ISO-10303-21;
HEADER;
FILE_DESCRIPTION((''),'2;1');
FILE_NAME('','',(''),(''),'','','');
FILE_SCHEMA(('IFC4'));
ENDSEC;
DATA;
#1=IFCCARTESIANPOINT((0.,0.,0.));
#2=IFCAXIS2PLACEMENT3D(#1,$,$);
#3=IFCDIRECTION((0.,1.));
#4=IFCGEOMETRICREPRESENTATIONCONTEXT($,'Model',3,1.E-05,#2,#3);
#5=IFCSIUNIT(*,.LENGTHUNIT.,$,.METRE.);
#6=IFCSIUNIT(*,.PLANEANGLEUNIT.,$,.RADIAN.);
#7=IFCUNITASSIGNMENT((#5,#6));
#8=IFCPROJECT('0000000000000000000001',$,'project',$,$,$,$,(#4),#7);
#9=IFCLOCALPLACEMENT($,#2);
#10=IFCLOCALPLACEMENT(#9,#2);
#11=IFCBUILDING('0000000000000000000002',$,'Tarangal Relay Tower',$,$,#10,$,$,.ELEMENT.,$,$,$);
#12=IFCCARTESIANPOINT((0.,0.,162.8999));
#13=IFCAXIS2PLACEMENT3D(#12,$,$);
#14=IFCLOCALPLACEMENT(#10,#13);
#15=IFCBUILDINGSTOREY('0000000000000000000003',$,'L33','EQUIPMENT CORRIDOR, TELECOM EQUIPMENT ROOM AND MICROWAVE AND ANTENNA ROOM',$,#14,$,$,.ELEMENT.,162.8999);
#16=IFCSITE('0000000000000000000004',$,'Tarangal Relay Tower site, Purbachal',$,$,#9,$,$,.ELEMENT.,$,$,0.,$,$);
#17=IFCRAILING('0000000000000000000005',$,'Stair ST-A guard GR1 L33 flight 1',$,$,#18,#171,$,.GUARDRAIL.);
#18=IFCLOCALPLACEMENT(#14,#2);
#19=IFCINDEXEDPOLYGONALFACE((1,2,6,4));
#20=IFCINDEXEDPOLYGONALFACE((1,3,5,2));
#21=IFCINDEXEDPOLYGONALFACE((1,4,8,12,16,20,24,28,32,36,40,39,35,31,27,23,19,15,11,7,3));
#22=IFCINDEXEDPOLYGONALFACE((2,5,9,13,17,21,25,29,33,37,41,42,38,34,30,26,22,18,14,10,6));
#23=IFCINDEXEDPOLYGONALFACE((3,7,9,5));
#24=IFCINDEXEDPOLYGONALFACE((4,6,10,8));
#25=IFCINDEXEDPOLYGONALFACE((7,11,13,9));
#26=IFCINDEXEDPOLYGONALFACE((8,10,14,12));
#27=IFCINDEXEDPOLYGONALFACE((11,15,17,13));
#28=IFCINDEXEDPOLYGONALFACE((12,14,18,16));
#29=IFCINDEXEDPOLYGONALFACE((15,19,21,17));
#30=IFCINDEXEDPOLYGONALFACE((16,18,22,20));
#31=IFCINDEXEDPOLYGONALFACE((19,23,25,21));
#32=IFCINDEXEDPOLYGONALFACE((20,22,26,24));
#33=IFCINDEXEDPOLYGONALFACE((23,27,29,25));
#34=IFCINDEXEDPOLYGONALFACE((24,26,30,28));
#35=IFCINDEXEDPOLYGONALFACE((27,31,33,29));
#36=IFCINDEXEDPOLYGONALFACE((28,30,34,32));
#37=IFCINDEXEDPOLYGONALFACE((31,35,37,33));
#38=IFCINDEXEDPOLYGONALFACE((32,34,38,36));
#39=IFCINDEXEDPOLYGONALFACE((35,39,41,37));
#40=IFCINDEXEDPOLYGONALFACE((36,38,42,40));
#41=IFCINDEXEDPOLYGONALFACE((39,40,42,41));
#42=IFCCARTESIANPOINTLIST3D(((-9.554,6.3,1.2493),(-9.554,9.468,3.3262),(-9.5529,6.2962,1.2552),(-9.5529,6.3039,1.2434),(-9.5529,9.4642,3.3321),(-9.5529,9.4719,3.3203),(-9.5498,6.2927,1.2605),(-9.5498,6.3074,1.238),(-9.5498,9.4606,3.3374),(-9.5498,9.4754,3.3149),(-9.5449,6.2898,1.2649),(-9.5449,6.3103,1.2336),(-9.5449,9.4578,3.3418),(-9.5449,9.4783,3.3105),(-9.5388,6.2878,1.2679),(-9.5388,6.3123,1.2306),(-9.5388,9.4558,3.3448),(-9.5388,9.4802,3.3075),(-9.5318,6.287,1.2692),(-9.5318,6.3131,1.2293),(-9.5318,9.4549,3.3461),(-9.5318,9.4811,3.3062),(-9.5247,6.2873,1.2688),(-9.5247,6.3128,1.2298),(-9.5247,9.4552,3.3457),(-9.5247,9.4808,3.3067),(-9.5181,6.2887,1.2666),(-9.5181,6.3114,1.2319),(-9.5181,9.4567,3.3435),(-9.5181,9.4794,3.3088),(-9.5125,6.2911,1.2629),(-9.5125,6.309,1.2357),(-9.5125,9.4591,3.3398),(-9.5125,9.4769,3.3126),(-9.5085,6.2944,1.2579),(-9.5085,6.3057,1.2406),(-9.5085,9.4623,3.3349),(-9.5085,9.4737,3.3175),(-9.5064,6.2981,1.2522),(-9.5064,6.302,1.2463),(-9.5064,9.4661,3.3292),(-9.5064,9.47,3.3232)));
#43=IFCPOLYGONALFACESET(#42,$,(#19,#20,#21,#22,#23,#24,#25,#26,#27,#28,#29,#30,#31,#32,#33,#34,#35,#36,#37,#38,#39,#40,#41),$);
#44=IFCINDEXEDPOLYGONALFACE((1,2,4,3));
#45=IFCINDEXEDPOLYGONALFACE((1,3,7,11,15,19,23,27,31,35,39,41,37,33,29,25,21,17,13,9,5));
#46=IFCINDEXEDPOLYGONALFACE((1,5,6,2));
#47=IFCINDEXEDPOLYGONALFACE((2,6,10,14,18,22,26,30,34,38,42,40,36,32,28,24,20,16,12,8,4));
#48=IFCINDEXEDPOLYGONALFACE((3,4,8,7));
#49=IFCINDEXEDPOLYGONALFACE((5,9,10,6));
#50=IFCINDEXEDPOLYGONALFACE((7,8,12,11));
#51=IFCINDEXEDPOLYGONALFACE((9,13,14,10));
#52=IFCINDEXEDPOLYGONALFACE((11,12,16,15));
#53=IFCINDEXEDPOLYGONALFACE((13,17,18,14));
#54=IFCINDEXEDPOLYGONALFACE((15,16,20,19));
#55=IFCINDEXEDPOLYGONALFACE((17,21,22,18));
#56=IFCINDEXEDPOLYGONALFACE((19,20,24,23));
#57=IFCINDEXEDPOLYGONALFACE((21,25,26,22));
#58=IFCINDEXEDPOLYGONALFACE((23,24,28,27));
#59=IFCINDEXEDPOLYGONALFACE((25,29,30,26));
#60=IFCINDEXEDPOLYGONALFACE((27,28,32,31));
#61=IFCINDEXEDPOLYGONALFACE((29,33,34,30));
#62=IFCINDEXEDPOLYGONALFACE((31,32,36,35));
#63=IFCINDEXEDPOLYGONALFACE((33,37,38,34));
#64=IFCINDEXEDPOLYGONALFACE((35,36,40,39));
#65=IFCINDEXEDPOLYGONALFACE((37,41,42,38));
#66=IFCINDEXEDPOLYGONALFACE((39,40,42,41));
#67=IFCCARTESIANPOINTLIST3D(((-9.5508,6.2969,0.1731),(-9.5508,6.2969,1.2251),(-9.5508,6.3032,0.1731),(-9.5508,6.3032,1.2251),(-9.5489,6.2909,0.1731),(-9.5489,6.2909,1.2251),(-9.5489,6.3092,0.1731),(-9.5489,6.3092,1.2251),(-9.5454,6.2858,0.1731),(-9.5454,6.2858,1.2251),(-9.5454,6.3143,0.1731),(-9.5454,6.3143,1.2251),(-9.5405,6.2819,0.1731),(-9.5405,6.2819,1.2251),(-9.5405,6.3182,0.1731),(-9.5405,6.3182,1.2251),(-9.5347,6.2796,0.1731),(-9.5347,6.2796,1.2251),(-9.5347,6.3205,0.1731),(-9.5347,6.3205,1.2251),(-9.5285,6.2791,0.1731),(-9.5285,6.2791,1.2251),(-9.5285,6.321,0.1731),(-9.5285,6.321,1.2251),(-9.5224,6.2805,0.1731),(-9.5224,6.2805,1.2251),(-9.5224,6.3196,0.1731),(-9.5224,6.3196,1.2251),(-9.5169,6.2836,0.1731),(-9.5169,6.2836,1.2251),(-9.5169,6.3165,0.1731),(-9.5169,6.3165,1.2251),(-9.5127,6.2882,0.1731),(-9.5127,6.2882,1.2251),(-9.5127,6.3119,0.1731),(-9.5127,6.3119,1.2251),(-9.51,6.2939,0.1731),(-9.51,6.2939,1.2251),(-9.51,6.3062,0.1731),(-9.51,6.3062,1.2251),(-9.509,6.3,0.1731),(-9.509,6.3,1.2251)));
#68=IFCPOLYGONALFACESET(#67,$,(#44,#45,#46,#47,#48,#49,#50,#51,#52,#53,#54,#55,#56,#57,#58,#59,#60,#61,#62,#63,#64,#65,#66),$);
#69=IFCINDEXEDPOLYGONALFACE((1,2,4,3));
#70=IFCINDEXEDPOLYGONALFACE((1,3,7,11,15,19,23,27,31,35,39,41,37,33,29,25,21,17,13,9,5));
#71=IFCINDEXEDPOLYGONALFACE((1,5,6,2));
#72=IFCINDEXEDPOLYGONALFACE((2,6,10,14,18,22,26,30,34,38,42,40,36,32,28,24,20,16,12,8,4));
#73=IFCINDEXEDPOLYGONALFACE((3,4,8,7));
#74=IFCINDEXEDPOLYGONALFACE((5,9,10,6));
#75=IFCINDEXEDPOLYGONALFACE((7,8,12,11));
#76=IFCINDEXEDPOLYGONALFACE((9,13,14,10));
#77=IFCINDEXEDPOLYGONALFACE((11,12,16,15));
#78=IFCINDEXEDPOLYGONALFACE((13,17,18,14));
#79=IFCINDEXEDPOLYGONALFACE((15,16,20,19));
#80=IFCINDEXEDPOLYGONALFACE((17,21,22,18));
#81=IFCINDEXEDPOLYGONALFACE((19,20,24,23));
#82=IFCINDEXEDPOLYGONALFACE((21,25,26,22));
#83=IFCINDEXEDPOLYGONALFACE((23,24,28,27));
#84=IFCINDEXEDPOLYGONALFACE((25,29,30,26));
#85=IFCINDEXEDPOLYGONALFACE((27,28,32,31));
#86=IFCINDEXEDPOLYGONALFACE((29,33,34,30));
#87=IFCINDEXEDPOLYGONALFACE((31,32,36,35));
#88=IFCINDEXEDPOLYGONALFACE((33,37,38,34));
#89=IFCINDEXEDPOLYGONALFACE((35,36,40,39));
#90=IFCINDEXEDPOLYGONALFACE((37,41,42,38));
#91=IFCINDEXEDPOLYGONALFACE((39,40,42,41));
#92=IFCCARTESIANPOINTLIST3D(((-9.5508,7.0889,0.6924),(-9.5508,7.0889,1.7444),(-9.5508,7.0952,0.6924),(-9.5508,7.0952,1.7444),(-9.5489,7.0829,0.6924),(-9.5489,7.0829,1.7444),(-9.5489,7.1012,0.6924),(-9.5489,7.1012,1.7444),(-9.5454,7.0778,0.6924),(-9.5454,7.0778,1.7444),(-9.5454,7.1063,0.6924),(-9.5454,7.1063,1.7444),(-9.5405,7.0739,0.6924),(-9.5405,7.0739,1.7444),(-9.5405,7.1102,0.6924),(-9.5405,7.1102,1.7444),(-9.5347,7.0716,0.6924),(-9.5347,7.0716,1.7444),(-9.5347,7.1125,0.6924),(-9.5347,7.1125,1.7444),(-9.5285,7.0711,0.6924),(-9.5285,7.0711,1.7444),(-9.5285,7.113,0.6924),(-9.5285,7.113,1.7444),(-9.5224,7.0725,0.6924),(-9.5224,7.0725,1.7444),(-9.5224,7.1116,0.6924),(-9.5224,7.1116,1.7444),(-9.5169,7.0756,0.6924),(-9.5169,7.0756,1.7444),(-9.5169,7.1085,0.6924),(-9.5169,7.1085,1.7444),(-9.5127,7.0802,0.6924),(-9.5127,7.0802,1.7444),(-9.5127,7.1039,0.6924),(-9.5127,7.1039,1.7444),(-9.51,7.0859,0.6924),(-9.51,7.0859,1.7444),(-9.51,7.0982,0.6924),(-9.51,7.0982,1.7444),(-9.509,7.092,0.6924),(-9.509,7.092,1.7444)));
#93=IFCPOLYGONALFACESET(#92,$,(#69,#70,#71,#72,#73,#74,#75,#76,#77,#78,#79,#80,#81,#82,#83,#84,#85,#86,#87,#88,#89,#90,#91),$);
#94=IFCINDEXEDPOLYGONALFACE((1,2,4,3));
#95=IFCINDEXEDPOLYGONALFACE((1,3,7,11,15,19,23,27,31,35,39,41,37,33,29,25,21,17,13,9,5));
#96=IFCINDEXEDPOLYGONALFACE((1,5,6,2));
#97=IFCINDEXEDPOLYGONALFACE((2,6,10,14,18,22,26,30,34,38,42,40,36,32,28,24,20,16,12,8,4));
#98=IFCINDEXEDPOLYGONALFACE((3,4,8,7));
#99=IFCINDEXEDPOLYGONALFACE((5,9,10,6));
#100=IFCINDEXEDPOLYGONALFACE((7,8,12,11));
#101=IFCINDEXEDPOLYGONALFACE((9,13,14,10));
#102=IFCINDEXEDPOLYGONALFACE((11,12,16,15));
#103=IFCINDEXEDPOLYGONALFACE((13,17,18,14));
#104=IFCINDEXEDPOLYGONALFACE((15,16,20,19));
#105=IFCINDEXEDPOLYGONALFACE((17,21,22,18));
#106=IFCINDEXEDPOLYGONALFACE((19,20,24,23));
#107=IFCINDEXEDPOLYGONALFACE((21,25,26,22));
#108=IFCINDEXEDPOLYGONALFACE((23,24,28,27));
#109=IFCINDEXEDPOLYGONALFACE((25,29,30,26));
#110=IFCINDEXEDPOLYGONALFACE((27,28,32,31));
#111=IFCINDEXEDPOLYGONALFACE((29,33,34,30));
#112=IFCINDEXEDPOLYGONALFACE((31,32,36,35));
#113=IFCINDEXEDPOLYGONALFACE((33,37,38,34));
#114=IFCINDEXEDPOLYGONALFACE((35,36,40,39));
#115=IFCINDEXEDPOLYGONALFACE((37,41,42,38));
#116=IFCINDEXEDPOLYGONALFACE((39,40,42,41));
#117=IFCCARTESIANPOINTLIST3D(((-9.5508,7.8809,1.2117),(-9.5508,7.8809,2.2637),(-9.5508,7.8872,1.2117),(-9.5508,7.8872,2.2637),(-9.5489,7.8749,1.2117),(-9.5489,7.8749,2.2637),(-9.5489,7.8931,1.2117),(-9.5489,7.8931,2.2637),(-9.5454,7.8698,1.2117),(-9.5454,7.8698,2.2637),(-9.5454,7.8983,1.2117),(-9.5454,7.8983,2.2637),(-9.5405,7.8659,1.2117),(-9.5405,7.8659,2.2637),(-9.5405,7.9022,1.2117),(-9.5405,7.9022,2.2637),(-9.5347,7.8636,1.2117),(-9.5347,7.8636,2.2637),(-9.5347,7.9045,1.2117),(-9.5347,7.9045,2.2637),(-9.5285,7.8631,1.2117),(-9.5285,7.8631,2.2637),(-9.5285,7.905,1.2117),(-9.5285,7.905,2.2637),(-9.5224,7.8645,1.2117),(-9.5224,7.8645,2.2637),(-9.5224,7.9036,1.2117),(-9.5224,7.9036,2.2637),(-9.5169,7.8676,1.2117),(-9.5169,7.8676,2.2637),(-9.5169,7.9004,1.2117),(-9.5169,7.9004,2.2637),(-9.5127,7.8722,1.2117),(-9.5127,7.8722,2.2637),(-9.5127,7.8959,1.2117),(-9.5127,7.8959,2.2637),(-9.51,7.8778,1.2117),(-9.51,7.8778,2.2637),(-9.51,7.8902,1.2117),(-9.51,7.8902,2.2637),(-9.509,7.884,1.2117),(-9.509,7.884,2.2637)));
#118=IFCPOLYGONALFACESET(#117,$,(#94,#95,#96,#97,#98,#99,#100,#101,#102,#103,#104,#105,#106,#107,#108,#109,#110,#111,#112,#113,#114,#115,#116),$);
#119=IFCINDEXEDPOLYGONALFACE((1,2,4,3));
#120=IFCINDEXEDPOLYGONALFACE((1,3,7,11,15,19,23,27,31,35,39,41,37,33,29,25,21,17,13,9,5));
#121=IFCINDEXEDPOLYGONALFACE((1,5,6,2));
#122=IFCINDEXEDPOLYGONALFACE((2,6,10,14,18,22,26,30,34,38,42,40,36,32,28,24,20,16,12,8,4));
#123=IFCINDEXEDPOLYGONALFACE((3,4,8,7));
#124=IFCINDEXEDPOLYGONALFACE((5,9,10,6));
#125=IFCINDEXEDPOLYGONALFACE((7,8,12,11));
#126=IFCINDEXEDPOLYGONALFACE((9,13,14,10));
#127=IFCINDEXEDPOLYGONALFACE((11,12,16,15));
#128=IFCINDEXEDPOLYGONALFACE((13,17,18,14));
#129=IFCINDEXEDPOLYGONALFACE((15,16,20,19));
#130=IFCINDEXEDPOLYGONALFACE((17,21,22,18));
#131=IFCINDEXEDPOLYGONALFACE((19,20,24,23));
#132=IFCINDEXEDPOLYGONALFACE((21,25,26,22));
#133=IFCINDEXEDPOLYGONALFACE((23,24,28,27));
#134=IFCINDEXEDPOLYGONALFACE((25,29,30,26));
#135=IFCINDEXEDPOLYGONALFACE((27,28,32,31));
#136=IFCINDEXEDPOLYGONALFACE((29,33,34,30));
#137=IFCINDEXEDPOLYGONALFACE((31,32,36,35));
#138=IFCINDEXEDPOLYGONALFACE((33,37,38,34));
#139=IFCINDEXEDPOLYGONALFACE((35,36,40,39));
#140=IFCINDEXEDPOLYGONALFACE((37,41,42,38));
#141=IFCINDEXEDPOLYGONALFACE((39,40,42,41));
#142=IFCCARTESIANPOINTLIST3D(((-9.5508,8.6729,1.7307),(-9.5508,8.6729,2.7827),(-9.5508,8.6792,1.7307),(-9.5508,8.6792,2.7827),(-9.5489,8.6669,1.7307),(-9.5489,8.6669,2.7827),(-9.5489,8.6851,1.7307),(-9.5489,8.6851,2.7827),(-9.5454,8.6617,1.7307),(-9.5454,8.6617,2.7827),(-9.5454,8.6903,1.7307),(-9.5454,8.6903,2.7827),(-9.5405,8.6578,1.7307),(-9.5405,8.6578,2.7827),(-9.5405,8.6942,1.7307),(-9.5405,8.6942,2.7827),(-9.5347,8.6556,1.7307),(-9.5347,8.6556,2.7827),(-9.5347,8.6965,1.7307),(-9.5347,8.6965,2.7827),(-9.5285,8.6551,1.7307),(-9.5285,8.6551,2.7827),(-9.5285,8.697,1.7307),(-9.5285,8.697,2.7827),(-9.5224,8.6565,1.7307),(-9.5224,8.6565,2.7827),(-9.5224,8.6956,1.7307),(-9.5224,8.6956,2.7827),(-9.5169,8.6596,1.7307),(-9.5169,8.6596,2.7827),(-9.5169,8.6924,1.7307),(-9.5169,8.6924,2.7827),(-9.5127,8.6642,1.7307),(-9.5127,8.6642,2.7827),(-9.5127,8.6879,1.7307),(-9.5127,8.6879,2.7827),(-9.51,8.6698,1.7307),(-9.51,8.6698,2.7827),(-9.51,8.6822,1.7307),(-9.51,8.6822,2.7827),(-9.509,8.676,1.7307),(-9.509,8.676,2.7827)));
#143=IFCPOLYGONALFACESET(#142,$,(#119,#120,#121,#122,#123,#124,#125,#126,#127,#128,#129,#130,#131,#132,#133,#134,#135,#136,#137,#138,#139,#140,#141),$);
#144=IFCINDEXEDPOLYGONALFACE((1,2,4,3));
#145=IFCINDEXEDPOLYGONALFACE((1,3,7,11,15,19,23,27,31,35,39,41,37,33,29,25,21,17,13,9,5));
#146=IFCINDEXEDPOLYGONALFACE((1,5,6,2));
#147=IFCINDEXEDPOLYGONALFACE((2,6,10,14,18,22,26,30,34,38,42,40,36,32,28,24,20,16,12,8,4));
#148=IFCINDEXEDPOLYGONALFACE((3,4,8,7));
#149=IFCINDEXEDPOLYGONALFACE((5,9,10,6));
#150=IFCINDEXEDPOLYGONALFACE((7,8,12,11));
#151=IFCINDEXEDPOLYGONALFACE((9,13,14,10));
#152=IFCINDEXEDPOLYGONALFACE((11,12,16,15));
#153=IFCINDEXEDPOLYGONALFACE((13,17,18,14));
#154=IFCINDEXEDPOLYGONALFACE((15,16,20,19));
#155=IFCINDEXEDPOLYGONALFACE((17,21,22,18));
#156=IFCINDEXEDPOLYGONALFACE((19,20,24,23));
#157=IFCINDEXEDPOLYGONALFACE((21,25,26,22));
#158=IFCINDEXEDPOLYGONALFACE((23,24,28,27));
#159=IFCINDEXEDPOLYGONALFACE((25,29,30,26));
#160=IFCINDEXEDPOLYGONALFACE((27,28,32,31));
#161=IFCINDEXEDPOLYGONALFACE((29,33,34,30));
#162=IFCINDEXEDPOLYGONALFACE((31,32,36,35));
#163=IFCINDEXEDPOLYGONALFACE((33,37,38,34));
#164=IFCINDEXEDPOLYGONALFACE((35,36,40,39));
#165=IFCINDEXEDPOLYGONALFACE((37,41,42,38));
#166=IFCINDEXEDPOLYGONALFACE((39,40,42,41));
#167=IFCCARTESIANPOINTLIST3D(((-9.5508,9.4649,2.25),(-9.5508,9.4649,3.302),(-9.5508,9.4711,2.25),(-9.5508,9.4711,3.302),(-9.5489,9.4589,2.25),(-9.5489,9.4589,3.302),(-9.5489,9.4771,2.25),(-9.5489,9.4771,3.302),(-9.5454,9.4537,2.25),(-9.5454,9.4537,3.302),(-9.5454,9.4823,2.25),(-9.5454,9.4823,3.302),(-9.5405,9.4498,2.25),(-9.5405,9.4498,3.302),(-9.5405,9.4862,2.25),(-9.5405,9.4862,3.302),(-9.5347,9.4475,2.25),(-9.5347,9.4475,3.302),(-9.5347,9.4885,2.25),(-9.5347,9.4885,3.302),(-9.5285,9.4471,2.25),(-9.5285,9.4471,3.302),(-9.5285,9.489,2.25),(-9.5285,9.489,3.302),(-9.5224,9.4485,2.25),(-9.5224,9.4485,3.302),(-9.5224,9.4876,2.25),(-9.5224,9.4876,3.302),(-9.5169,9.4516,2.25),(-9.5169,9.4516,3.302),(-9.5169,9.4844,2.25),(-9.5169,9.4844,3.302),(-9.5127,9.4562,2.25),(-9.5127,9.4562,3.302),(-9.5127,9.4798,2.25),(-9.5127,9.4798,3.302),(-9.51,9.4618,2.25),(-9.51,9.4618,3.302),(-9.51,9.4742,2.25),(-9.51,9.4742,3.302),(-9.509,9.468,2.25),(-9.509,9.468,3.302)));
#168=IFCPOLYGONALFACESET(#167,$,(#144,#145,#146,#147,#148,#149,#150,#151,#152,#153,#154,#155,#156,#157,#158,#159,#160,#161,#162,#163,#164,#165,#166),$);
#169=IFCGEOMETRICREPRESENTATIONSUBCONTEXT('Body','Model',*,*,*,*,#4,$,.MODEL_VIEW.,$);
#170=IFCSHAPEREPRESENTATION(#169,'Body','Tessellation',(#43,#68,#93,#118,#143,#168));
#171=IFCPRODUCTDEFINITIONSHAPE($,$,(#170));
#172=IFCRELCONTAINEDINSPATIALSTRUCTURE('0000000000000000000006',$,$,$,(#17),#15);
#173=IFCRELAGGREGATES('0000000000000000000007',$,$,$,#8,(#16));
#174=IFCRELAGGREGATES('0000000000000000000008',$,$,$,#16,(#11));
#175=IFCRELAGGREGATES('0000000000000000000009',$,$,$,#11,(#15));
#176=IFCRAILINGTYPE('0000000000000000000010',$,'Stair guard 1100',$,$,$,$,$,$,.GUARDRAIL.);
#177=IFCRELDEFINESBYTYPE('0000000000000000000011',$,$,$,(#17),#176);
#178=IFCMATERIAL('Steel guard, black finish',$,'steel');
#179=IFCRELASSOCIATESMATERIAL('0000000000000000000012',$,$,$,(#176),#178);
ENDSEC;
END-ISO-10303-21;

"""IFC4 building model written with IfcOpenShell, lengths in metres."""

from ifc_helpers import new_model, si_unit, direction, frame, origin, origin_2d, place, context, subcontext, project, spatial, circle, extrude, material, type_object, element, save


model = new_model("IFC4")

# Units and contexts
model_context = context("Model", 3, precision=1e-05, world=origin(), true_north=direction((0.0, 1.0)))
body_context = subcontext(model_context, "Body", "Model", "MODEL_VIEW")
ifc_project = project(units=[si_unit("LENGTHUNIT", "METRE"), si_unit("PLANEANGLEUNIT", "RADIAN")], contexts=[model_context])

# Site, building, storey
site_placement = place(None, origin())
site = spatial("IfcSite", under=ifc_project, at=site_placement, Name="Tarangal Relay Tower site, Purbachal", CompositionType="ELEMENT", RefElevation=0.0)
building_placement = place(site_placement, origin())
building = spatial("IfcBuilding", under=site, at=building_placement, Name="Tarangal Relay Tower", CompositionType="ELEMENT")
storey_placement = place(building_placement, frame((0.0, 0.0, 162.8999)))
storey = spatial("IfcBuildingStorey", under=building, at=storey_placement, Name="L33", Description="EQUIPMENT CORRIDOR, TELECOM EQUIPMENT ROOM AND MICROWAVE AND ANTENNA ROOM", CompositionType="ELEMENT", Elevation=162.8999)

# Railing
ifc_material_1 = material(Name="Steel guard, black finish", Category="steel")
railing_type = type_object("IfcRailingType", Name="Stair guard 1100", PredefinedType="GUARDRAIL", material=ifc_material_1)
railing_1_placement = place(storey_placement, frame((-9.53, 6.3, 0.1731)))
element("IfcRailing", 1, at=railing_1_placement, inside=storey, type_object=railing_type, Name="Stair ST-A guard GR1 L33 flight 1", PredefinedType="GUARDRAIL", context=body_context, shape_type="SweptSolid", body=[
    extrude(circle(Radius=0.0239, at=origin_2d()), frame((0.0, 0.0, 1.0762), z_axis=(0.0, 0.836299, 0.548273), x_axis=(-1.0, 0.0, 0.0)), (0.0, 0.0, 1.0), 3.7881),
    extrude(circle(Radius=0.021, at=origin_2d()), origin(), (0.0, 0.0, 1.0), 1.052),
    extrude(circle(Radius=0.021, at=origin_2d()), frame((0.0, 0.792, 0.5193)), (0.0, 0.0, 1.0), 1.052),
    extrude(circle(Radius=0.021, at=origin_2d()), frame((0.0, 1.584, 1.0386)), (0.0, 0.0, 1.0), 1.052),
    extrude(circle(Radius=0.021, at=origin_2d()), frame((0.0, 2.376, 1.5576)), (0.0, 0.0, 1.0), 1.052),
    extrude(circle(Radius=0.021, at=origin_2d()), frame((0.0, 3.168, 2.0769)), (0.0, 0.0, 1.0), 1.052),
])

save(model, "model.ifc")
